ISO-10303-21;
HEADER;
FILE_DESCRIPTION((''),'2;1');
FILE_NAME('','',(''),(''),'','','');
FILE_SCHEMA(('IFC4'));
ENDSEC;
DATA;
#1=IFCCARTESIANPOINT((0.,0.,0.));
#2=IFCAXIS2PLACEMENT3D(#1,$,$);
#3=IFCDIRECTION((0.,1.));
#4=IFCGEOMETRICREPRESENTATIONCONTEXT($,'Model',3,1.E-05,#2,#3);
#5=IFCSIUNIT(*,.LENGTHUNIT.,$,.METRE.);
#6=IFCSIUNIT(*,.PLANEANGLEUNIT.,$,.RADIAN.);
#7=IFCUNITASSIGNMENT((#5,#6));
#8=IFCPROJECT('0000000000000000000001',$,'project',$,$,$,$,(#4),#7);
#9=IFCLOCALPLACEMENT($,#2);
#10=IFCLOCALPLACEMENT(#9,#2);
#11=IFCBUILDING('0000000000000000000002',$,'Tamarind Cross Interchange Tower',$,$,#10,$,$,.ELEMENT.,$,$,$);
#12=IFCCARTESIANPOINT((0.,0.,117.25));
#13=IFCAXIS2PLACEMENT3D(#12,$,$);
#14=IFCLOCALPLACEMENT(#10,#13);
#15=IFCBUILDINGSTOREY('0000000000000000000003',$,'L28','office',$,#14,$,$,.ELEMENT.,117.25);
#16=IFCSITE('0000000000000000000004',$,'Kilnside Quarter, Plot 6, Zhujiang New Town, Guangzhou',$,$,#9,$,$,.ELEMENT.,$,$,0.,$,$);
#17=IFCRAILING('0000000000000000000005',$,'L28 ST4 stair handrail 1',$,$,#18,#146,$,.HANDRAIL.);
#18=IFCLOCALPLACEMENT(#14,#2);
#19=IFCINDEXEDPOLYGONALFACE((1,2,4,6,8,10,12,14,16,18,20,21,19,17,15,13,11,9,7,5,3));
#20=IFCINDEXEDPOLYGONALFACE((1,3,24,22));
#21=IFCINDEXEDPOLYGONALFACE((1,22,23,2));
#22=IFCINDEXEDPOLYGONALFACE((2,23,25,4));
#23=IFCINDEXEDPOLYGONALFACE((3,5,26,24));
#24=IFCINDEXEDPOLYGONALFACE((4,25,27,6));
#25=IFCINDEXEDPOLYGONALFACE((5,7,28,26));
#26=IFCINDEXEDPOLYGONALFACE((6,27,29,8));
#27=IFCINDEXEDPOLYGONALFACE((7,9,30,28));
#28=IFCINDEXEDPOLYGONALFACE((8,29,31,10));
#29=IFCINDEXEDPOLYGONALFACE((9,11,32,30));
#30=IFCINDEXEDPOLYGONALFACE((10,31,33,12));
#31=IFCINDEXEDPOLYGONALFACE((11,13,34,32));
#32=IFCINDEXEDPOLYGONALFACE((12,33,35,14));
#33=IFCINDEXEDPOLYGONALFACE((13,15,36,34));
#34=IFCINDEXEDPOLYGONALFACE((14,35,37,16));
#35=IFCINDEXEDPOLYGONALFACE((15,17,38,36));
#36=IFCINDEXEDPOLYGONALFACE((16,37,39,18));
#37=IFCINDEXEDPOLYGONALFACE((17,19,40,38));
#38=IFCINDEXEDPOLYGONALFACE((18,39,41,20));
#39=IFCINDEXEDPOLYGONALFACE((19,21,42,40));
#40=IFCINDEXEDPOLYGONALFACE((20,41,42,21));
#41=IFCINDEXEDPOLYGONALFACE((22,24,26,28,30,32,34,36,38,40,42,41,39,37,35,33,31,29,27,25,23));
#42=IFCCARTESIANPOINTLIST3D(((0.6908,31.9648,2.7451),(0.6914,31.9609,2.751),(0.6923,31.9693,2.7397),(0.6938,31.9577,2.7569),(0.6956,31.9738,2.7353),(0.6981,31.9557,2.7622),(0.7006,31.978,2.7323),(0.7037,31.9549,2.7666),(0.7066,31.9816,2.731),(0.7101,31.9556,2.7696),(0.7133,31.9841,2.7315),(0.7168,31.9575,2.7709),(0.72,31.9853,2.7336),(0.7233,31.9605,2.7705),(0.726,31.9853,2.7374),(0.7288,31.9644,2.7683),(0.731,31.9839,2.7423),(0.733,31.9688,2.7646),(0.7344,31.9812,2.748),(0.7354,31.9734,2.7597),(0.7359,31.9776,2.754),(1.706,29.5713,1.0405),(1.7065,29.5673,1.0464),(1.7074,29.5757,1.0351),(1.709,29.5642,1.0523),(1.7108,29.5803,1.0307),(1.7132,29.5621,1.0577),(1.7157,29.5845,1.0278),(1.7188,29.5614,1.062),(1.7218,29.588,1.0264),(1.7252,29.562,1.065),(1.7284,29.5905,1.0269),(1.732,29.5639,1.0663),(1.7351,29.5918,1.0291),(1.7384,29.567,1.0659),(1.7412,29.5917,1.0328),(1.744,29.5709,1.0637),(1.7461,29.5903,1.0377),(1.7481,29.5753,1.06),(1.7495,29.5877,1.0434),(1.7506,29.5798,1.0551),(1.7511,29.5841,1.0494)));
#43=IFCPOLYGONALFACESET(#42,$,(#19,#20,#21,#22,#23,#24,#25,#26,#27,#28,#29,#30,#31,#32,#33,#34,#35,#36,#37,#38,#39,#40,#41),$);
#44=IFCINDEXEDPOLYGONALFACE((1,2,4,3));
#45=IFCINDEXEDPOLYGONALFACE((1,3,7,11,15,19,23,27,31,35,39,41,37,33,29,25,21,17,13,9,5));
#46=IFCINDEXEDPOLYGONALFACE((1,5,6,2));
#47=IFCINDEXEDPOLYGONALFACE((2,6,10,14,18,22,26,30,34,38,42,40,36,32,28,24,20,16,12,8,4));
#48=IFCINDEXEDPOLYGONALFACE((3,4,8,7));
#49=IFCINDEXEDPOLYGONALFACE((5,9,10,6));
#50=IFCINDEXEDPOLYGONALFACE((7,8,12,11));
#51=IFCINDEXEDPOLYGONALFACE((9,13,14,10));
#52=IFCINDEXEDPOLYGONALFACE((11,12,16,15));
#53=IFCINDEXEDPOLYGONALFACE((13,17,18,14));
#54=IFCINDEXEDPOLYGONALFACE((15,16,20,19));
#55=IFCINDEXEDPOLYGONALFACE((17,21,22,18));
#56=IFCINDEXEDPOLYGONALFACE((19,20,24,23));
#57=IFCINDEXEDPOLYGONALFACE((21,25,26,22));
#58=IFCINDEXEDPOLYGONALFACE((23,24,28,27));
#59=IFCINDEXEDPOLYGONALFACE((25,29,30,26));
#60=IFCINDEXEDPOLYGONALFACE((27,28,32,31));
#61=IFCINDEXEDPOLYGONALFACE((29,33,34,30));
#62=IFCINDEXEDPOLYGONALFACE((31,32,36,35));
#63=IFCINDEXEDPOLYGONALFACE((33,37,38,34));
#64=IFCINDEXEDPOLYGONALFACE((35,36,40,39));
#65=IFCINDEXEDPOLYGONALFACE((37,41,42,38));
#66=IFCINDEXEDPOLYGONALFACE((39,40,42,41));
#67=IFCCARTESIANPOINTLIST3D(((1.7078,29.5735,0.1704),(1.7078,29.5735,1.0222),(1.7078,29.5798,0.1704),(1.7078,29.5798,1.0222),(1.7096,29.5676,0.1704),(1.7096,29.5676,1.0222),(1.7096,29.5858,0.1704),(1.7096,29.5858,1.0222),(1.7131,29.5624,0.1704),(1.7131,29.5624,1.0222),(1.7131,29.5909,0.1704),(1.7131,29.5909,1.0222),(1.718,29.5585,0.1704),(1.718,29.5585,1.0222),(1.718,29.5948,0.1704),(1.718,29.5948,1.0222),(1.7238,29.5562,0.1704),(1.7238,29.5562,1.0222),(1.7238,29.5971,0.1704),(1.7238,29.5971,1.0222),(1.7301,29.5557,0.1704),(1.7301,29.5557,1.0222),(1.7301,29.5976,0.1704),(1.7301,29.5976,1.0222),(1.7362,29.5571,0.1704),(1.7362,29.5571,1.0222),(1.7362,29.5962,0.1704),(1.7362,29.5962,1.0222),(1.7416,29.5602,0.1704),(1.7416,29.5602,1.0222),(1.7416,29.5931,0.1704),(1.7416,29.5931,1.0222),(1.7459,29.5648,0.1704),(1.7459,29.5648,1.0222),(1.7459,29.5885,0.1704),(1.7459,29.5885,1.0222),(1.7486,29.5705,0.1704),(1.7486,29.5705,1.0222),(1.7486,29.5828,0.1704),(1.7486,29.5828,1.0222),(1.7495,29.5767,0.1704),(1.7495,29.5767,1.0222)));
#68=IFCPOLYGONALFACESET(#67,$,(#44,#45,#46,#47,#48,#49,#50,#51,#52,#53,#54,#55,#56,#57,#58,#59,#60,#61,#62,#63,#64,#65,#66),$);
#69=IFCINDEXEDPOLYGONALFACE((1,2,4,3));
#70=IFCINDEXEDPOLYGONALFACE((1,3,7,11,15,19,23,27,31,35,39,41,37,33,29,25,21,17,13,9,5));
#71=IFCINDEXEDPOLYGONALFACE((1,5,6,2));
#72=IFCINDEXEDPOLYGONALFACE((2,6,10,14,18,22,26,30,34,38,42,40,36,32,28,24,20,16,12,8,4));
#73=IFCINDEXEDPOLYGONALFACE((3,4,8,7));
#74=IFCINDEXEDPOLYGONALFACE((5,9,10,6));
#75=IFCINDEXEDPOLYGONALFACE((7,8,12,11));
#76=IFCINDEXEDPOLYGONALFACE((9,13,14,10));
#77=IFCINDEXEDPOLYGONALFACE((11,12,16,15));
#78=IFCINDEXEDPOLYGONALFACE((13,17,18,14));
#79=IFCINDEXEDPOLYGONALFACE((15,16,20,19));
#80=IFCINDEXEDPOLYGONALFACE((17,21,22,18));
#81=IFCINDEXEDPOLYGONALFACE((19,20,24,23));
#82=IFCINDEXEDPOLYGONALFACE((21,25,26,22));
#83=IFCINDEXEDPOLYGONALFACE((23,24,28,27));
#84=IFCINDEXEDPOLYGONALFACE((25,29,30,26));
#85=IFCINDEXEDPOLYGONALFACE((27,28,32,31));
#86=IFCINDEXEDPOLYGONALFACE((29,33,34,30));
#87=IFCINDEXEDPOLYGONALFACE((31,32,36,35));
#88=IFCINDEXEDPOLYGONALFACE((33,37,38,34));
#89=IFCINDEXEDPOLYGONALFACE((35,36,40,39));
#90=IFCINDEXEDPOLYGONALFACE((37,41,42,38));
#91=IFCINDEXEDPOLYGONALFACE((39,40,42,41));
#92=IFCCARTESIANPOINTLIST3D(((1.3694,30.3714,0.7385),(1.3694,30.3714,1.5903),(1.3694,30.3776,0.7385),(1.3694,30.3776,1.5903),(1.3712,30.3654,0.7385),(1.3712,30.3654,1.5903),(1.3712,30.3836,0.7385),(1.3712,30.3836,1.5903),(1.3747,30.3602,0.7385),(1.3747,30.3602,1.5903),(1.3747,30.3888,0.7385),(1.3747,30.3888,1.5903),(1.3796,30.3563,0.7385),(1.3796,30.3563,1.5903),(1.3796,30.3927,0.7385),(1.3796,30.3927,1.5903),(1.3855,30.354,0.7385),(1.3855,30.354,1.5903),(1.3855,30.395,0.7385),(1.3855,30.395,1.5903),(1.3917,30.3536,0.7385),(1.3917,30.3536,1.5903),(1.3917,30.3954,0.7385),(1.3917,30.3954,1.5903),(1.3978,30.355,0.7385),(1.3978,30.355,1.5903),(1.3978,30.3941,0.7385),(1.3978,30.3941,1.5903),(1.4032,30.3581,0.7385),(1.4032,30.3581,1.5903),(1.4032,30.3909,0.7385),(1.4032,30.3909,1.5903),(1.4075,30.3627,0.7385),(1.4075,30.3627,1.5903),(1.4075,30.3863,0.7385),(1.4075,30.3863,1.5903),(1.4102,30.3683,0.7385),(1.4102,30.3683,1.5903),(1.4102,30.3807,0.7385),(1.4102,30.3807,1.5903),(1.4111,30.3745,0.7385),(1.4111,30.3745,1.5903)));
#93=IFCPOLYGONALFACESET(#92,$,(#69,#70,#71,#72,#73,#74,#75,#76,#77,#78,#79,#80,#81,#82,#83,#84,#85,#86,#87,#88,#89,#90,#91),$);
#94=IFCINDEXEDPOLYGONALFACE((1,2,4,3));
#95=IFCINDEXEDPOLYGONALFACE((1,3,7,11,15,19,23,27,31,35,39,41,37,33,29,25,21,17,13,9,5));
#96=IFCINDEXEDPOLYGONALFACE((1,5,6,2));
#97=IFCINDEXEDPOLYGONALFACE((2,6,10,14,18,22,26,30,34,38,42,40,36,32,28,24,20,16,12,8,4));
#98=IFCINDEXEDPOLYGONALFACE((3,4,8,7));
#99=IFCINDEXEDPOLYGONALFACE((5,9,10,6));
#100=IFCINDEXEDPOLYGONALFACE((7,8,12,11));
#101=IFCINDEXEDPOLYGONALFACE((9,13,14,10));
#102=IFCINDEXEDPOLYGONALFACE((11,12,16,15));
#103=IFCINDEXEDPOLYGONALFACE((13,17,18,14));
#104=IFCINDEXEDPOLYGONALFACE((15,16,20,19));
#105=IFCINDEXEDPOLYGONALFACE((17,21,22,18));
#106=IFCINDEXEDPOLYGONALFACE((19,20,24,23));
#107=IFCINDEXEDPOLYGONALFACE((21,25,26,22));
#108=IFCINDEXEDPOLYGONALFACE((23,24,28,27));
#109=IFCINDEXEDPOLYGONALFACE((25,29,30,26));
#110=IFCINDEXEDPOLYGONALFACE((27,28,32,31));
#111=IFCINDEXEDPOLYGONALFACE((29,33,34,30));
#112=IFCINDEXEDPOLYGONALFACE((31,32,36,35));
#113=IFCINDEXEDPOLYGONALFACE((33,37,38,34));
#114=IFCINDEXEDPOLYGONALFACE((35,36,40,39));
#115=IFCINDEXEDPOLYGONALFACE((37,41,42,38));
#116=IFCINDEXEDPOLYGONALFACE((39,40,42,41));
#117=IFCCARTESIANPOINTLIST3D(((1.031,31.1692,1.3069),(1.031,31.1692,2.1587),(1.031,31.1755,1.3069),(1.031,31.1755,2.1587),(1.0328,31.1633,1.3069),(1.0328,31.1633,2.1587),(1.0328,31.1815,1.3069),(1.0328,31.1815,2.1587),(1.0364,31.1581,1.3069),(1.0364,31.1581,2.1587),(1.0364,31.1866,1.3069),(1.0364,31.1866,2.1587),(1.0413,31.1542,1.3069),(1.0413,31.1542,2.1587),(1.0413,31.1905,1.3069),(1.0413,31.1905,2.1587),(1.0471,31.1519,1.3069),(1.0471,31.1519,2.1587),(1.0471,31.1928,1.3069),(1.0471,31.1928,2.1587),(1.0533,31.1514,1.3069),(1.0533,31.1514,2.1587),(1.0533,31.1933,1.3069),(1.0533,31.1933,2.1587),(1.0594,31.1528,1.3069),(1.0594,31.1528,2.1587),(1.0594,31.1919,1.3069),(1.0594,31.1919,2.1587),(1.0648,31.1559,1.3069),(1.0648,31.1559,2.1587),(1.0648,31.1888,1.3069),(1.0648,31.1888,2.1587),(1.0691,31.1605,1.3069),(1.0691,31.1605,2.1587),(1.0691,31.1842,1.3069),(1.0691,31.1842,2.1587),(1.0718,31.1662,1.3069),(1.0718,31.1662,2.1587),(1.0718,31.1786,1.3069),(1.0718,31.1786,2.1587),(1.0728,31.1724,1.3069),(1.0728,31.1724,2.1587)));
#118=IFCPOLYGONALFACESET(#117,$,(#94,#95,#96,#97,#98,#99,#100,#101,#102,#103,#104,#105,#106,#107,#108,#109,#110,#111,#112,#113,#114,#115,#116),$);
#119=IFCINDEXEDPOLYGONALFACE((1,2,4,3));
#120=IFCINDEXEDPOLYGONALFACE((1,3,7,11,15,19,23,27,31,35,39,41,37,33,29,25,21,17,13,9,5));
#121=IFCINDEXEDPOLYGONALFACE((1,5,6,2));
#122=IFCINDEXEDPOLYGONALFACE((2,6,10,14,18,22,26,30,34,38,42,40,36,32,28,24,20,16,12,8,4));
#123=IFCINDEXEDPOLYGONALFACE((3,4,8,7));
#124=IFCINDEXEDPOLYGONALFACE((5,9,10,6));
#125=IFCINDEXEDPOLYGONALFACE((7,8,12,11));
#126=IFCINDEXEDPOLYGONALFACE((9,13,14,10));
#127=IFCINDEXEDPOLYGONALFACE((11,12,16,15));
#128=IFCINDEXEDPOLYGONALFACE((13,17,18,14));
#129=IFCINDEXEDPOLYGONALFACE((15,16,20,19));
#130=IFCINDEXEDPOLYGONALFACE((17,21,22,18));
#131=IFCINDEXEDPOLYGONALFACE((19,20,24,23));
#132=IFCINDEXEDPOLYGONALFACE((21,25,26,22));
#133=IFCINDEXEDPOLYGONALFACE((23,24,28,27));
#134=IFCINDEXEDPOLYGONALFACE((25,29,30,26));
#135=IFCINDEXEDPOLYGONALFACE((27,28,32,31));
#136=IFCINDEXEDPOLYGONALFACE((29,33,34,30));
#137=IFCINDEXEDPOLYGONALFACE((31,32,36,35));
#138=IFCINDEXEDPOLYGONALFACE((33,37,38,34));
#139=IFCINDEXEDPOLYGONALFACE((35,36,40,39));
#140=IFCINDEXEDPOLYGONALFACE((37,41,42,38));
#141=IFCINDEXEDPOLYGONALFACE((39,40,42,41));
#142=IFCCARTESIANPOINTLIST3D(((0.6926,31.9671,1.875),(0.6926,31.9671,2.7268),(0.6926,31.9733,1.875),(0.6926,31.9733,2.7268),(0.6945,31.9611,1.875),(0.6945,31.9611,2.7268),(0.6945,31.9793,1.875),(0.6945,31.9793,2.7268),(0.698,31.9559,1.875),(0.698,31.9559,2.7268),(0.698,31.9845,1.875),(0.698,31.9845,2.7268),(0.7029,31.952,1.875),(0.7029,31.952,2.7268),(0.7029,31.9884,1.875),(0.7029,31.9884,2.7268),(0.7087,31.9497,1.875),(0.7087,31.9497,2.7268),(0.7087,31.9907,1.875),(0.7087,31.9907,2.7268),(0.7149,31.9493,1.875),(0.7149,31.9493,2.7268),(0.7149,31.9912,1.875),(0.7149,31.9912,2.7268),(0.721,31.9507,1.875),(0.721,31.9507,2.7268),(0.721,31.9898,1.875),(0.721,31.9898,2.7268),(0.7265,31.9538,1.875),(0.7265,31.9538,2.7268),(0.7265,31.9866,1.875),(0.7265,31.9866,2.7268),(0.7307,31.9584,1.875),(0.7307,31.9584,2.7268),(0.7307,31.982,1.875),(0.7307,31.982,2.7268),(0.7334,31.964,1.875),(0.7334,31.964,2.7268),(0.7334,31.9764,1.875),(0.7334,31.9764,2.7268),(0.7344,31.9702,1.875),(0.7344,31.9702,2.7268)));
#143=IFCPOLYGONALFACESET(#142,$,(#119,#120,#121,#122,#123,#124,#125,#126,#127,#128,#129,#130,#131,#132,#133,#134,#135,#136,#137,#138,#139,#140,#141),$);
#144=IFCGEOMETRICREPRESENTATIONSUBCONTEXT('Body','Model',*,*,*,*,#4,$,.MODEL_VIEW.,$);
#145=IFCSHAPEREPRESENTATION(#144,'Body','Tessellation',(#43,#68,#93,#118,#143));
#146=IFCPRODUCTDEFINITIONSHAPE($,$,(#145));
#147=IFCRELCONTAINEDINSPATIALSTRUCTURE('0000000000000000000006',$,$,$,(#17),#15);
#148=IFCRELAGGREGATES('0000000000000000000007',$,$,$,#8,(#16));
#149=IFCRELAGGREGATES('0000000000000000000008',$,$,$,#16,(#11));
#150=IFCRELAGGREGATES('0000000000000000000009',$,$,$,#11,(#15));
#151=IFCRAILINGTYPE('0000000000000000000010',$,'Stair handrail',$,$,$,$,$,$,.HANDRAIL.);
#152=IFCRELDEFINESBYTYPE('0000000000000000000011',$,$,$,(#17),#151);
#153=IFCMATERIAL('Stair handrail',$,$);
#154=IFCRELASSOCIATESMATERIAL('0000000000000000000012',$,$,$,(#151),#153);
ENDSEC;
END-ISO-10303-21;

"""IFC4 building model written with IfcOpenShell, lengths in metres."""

from ifc_helpers import new_model, si_unit, direction, frame, origin, origin_2d, place, context, subcontext, project, spatial, circle, extrude, material, type_object, element, save


model = new_model("IFC4")

# Units and contexts
model_context = context("Model", 3, precision=1e-05, world=origin(), true_north=direction((0.0, 1.0)))
body_context = subcontext(model_context, "Body", "Model", "MODEL_VIEW")
ifc_project = project(units=[si_unit("LENGTHUNIT", "METRE"), si_unit("PLANEANGLEUNIT", "RADIAN")], contexts=[model_context])

# Site, building, storey
site_placement = place(None, origin())
site = spatial("IfcSite", under=ifc_project, at=site_placement, Name="Kilnside Quarter, Plot 6, Zhujiang New Town, Guangzhou", CompositionType="ELEMENT", RefElevation=0.0)
building_placement = place(site_placement, origin())
building = spatial("IfcBuilding", under=site, at=building_placement, Name="Tamarind Cross Interchange Tower", CompositionType="ELEMENT")
storey_placement = place(building_placement, frame((0.0, 0.0, 117.25)))
storey = spatial("IfcBuildingStorey", under=building, at=storey_placement, Name="L28", Description="office", CompositionType="ELEMENT", Elevation=117.25)

# Railing
ifc_material_1 = material(Name="Stair handrail")
railing_type_1 = type_object("IfcRailingType", Name="Stair handrail", PredefinedType="HANDRAIL", material=ifc_material_1)
railing_1_placement = place(storey_placement, frame((1.7285, 29.5767, 0.1704)))
element("IfcRailing", 1, at=railing_1_placement, inside=storey, type_object=railing_type_1, Name="L28 ST4 stair handrail 1", PredefinedType="HANDRAIL", context=body_context, shape_type="SweptSolid", body=[
    extrude(circle(Radius=0.0239, at=origin_2d()), frame((0.0, 0.0, 0.876), z_axis=(-0.326526, 0.769905, 0.548294), x_axis=(-0.920625, -0.390449, 0.0)), (0.0, 0.0, 1.0), 3.1089),
    extrude(circle(Radius=0.021, at=origin_2d()), origin(), (0.0, 0.0, 1.0), 0.8518),
    extrude(circle(Radius=0.021, at=origin_2d()), frame((-0.3384, 0.7979, 0.5681)), (0.0, 0.0, 1.0), 0.8518),
    extrude(circle(Radius=0.021, at=origin_2d()), frame((-0.6768, 1.5957, 1.1365)), (0.0, 0.0, 1.0), 0.8518),
    extrude(circle(Radius=0.021, at=origin_2d()), frame((-1.0151, 2.3936, 1.7046)), (0.0, 0.0, 1.0), 0.8518),
])

save(model, "model.ifc")
